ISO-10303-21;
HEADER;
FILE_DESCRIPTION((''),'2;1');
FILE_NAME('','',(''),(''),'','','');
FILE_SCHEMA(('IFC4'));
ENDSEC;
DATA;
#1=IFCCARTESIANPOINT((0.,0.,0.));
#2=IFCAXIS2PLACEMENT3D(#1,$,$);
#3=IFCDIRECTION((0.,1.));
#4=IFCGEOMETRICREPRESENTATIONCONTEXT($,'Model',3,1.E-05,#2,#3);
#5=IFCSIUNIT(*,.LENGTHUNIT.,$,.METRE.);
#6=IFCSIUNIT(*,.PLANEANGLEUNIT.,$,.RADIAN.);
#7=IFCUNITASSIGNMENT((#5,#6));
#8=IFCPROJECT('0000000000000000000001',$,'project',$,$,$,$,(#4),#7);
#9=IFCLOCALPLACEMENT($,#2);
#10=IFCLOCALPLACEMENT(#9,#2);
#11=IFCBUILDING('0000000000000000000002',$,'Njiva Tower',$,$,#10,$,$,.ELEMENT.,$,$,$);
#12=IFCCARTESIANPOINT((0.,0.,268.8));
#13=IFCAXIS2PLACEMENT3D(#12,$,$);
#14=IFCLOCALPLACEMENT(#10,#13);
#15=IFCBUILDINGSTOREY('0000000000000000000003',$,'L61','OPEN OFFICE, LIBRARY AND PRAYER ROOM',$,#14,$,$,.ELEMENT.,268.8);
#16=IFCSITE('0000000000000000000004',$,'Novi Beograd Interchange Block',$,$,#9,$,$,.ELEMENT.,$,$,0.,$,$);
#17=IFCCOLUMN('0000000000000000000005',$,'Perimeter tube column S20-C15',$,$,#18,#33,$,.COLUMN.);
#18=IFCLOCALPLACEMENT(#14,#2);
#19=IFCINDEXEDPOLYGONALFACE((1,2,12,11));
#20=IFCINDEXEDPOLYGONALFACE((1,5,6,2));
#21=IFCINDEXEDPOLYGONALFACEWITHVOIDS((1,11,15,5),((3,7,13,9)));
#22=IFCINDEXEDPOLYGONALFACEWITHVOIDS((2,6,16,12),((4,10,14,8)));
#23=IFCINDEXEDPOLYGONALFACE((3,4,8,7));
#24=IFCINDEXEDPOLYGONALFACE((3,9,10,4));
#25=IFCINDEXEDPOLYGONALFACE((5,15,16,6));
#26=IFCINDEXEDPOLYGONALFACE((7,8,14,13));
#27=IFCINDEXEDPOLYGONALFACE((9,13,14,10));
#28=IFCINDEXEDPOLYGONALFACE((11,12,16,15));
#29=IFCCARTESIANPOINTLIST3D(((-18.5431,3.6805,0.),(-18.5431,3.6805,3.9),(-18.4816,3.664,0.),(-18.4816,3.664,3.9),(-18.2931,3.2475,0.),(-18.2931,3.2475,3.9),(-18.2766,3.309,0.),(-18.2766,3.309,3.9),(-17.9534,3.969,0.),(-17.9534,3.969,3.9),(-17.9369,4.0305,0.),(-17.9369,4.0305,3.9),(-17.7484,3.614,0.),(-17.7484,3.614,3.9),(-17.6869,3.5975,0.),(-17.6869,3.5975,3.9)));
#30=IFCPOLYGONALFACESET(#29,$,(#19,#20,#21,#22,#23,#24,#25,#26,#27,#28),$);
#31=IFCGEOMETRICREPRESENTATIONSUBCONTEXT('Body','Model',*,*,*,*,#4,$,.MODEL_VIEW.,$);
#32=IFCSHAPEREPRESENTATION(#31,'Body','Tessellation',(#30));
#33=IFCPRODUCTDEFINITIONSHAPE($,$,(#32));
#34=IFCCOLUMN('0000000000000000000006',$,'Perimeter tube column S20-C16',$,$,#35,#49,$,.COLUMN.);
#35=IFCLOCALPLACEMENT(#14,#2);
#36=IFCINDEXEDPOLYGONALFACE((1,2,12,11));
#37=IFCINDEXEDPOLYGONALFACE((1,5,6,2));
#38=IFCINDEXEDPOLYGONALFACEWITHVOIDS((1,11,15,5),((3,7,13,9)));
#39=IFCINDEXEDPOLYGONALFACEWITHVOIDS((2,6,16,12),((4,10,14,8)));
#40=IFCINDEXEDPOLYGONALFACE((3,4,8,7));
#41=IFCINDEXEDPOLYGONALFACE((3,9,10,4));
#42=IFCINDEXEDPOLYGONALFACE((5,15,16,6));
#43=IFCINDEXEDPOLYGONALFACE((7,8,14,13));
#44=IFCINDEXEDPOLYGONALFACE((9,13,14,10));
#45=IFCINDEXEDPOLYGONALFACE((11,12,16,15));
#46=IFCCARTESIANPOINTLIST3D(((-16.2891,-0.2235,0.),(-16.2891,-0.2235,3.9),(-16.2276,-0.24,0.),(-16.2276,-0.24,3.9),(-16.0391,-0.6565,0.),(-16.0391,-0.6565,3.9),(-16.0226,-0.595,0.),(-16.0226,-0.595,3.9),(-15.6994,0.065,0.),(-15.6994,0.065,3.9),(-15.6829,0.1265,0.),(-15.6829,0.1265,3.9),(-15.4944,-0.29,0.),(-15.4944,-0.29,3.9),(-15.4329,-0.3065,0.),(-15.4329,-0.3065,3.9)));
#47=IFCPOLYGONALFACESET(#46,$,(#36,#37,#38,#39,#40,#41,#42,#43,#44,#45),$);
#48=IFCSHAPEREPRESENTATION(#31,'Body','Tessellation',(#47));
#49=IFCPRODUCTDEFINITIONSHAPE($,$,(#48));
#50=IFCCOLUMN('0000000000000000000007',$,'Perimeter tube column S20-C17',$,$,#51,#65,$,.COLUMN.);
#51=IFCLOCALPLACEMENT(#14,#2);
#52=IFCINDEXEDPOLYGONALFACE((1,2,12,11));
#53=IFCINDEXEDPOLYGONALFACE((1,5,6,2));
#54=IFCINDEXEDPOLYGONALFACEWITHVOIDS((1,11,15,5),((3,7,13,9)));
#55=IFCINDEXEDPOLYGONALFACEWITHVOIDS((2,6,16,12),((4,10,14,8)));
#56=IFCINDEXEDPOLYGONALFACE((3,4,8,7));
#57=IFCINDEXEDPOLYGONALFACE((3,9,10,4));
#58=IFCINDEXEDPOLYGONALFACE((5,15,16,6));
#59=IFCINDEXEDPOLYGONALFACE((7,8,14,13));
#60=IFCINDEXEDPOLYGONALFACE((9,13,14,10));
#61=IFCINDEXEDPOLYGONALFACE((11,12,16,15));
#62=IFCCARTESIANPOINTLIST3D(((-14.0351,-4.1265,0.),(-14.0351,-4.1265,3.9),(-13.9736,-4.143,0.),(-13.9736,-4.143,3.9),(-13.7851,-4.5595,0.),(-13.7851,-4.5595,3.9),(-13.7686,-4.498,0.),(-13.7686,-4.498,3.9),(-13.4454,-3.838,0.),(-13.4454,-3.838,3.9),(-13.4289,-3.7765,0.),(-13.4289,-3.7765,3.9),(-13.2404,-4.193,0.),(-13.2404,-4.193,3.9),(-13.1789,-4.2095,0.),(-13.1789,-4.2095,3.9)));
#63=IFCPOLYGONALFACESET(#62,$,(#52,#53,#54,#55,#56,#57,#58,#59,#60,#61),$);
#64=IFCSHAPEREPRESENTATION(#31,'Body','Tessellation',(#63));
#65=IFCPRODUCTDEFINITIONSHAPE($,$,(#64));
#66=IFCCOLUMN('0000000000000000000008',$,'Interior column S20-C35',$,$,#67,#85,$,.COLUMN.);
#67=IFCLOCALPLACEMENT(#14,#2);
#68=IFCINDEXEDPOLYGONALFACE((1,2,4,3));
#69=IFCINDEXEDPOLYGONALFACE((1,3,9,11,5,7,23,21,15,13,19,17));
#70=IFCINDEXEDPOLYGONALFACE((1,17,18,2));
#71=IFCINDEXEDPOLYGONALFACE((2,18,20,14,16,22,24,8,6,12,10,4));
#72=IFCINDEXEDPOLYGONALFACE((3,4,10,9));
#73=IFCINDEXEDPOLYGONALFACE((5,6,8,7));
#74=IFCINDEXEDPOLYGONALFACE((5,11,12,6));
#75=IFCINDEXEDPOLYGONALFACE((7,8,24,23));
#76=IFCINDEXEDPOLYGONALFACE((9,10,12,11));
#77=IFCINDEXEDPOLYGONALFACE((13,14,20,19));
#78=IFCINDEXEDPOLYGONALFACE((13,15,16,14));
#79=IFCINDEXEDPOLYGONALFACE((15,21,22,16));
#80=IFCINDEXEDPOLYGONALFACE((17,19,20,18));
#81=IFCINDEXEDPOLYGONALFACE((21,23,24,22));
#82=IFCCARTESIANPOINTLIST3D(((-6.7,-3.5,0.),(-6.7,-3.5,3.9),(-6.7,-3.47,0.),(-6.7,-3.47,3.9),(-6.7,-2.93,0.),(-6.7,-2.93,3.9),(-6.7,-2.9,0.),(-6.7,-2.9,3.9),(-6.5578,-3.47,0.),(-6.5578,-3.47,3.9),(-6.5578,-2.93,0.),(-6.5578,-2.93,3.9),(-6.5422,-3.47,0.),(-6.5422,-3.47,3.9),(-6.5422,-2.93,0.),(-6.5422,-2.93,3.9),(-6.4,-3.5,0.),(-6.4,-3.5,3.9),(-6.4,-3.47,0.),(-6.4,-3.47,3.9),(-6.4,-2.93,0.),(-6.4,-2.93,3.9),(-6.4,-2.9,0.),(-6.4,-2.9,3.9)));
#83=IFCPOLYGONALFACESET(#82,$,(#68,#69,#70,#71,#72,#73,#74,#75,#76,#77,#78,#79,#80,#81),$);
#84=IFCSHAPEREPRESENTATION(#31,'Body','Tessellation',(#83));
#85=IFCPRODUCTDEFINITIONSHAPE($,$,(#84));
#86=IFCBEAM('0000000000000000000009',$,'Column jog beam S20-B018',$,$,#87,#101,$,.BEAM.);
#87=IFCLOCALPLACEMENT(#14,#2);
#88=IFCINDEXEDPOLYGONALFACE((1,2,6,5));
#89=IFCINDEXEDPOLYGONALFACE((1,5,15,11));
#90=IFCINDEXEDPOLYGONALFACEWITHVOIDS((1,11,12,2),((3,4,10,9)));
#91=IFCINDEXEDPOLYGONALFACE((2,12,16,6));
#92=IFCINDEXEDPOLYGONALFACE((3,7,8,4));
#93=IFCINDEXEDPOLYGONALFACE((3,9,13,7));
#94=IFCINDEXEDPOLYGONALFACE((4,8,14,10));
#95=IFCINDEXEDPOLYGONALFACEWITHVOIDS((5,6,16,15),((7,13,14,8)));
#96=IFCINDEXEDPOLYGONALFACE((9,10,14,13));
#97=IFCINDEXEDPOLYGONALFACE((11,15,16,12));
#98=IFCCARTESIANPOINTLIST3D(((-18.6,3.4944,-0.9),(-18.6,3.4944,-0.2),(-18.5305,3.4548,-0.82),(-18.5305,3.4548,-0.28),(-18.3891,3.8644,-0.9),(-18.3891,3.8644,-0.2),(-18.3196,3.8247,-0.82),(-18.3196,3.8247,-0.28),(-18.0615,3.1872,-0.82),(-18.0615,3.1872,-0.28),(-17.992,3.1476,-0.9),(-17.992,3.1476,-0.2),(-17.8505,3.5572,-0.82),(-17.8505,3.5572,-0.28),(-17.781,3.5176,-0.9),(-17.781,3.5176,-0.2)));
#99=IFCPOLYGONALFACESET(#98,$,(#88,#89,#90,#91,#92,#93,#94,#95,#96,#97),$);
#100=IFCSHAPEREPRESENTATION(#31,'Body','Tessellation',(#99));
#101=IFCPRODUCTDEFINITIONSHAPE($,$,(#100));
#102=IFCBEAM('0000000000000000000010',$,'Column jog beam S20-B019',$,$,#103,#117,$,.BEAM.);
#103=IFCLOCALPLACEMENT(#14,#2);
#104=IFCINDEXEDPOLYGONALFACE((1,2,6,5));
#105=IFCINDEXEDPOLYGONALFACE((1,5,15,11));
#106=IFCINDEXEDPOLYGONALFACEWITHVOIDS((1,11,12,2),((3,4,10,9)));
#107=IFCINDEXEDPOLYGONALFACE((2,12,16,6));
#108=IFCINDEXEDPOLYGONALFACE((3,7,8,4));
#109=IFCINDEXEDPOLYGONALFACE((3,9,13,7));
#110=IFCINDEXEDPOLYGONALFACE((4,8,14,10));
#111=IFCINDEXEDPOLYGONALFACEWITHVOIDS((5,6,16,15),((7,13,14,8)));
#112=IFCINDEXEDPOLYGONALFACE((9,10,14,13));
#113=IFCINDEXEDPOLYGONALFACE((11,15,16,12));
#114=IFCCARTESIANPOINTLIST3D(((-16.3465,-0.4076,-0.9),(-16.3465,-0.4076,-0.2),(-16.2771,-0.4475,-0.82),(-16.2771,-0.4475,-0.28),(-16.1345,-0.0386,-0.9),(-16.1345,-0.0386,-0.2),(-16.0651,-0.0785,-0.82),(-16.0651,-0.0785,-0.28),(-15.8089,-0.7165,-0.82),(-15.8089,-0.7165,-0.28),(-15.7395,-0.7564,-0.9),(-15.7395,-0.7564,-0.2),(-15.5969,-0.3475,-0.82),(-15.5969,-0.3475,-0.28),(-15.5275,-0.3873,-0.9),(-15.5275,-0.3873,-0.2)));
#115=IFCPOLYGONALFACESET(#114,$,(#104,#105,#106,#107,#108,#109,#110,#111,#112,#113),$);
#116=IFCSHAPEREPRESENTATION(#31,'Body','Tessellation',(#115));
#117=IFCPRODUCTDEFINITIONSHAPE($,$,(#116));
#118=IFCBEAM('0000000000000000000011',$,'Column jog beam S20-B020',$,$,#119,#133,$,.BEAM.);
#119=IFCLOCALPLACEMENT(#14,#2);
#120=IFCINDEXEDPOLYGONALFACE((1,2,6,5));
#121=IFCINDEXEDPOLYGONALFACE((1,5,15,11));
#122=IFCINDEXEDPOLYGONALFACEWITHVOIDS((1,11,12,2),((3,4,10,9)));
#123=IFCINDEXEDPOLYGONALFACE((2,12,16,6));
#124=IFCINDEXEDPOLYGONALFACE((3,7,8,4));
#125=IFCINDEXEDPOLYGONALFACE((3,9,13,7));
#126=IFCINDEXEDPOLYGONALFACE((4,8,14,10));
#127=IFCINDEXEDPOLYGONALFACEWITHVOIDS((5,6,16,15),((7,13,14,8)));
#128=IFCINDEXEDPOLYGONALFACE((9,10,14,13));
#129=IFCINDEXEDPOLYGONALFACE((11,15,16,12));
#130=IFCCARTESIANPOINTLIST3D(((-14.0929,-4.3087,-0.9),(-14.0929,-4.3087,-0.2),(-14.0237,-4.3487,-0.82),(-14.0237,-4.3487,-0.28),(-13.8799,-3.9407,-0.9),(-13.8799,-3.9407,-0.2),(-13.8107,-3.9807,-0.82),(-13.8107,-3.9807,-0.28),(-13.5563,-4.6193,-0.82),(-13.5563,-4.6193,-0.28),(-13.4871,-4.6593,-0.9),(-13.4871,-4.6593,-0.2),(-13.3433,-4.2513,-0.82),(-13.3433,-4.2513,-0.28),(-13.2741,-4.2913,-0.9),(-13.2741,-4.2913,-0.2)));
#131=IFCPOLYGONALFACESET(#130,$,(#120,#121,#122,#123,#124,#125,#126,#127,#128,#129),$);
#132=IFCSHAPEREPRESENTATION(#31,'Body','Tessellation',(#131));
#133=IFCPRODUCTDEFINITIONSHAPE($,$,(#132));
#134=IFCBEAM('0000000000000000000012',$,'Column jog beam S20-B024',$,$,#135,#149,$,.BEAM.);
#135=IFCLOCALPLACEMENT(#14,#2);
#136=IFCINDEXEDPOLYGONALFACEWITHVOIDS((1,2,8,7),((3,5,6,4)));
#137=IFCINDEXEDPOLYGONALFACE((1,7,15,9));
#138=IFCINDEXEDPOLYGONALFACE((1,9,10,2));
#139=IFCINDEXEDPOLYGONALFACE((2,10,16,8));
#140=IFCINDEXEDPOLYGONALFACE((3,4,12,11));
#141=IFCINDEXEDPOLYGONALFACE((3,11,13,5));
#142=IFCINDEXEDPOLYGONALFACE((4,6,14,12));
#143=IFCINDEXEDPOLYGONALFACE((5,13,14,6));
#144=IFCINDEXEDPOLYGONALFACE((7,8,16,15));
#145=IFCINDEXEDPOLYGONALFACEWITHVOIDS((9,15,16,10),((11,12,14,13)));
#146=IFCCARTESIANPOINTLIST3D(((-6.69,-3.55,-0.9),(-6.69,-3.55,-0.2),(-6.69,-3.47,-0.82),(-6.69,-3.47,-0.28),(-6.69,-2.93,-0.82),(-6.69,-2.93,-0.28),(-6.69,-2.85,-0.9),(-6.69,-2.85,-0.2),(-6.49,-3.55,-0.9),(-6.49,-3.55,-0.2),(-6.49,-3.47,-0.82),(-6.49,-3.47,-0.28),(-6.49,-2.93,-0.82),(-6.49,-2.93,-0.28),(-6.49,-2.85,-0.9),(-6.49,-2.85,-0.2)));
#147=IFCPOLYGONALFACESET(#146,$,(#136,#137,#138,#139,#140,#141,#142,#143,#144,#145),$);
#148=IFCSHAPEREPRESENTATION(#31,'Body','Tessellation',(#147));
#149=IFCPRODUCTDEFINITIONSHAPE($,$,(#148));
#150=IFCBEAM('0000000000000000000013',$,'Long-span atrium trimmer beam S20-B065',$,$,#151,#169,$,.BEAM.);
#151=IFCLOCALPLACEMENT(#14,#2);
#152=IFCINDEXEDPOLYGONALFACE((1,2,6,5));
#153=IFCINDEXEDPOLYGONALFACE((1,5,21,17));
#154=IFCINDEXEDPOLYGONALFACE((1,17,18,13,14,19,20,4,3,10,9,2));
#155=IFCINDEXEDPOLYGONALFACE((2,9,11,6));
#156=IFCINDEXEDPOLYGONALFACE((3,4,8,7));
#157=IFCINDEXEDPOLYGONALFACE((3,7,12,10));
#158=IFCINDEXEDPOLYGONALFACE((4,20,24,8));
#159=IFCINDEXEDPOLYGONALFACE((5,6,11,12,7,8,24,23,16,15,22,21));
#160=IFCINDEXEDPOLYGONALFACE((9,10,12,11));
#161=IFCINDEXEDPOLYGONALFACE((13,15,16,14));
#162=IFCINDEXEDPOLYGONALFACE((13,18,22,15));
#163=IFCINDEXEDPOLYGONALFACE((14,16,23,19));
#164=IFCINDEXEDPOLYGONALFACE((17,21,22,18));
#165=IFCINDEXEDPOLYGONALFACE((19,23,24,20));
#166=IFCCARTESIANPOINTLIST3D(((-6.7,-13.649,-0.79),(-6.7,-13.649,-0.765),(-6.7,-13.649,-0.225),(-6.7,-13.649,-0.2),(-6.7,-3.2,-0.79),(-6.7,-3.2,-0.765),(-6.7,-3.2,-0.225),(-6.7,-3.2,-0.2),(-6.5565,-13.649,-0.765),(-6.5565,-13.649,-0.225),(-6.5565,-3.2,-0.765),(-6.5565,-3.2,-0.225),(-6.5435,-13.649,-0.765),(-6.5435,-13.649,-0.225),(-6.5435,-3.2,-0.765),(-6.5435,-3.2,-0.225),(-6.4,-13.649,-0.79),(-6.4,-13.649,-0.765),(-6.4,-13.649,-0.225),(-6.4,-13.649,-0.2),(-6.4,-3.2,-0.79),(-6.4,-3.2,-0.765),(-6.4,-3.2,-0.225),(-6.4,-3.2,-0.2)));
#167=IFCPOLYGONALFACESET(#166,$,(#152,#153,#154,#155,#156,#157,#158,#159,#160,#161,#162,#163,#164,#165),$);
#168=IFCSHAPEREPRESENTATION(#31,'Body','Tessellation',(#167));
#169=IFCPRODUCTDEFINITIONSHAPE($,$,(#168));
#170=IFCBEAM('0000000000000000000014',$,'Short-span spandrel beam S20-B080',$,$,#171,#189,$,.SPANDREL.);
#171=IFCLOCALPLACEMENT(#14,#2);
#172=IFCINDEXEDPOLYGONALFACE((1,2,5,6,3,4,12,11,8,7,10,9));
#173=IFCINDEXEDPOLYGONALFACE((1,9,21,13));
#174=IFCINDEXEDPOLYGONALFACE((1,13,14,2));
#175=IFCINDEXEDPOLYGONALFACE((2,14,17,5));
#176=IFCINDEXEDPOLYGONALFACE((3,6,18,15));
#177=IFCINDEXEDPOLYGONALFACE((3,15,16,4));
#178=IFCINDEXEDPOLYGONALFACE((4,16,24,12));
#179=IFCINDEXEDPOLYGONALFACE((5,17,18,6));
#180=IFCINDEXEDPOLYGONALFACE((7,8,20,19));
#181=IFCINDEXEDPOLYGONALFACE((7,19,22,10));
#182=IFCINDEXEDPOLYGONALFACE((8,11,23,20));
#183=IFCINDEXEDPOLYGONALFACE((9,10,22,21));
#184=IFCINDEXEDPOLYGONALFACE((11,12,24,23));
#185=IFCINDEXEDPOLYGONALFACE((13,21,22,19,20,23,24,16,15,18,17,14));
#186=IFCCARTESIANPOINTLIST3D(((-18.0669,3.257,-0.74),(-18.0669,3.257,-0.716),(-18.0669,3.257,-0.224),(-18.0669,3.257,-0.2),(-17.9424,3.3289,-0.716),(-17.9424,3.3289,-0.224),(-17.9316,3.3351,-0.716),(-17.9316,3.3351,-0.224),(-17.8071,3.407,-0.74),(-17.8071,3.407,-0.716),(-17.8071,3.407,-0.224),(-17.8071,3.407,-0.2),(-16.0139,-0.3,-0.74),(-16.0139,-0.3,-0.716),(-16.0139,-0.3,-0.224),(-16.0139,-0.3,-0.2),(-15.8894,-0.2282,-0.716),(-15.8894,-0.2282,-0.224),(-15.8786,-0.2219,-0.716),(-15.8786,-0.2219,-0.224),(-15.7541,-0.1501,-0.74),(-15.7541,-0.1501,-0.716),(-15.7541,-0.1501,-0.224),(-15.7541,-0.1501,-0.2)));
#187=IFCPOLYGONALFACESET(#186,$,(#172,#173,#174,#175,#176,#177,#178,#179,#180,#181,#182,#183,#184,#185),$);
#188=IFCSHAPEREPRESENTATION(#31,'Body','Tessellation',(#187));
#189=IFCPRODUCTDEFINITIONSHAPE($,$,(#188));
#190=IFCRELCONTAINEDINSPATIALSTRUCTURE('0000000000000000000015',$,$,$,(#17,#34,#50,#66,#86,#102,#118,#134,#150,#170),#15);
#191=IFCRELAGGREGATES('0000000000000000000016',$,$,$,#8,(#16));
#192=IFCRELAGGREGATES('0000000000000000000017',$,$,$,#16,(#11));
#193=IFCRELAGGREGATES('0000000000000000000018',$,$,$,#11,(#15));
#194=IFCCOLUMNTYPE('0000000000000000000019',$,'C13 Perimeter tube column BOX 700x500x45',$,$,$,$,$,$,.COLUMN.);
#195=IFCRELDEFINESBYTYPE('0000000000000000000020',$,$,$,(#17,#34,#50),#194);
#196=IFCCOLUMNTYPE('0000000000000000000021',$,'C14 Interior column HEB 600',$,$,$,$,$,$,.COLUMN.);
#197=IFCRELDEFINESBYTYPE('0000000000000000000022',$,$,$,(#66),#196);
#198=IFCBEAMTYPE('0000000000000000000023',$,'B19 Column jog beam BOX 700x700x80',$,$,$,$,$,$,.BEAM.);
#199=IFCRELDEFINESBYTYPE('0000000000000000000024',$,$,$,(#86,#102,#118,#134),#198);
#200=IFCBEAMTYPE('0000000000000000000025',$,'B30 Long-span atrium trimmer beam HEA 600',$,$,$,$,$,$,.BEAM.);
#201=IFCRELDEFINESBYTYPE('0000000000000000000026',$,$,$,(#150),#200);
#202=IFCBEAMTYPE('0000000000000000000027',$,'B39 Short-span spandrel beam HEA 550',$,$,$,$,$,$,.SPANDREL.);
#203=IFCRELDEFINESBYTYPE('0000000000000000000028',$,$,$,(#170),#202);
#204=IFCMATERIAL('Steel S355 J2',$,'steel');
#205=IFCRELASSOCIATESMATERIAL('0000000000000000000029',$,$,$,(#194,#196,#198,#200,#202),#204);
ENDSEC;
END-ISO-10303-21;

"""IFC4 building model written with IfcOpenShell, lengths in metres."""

from ifc_helpers import new_model, si_unit, direction, frame, origin, origin_2d, place, context, subcontext, project, spatial, hollow_rectangle, i_section, extrude, material, material_profile, profile_set, type_object, element, save


model = new_model("IFC4")

# Units and contexts
model_context = context("Model", 3, precision=1e-05, world=origin(), true_north=direction((0.0, 1.0)))
body_context = subcontext(model_context, "Body", "Model", "MODEL_VIEW")
ifc_project = project(units=[si_unit("LENGTHUNIT", "METRE"), si_unit("PLANEANGLEUNIT", "RADIAN")], contexts=[model_context])

# Site, building, storey
site_placement = place(None, origin())
site = spatial("IfcSite", under=ifc_project, at=site_placement, Name="Novi Beograd Interchange Block", CompositionType="ELEMENT", RefElevation=0.0)
building_placement = place(site_placement, origin())
building = spatial("IfcBuilding", under=site, at=building_placement, Name="Njiva Tower", CompositionType="ELEMENT")
storey_placement = place(building_placement, frame((0.0, 0.0, 268.8)))
storey = spatial("IfcBuildingStorey", under=building, at=storey_placement, Name="L61", Description="OPEN OFFICE, LIBRARY AND PRAYER ROOM", CompositionType="ELEMENT", Elevation=268.8)

# Columns
ifc_material_1 = material(Name="Steel S355 J2", Category="steel")
ifc_material_profile_1 = material_profile(ifc_material_1, hollow_rectangle(XDim=0.5, YDim=0.7, WallThickness=0.045, at=origin_2d()), Name="BOX 700x500x45")
ifc_profile_set_1 = profile_set([ifc_material_profile_1], Name="Steel S355 J2")
column_type_1 = type_object("IfcColumnType", Name="C13 Perimeter tube column BOX 700x500x45", PredefinedType="COLUMN", material=ifc_profile_set_1)
for number, where, z_axis, x_axis, name in (
    (1, (-18.115, 3.639, 0.0), (0.0, 0.0, 1.0), (0.5, -0.866025, 0.0), "Perimeter tube column S20-C15"),
    (2, (-15.861, -0.265, 0.0), (0.0, 0.0, 1.0), (0.5, -0.866025, 0.0), "Perimeter tube column S20-C16"),
    (3, (-13.607, -4.168, 0.0), (0.0, 0.0, 1.0), (0.5, -0.866025, 0.0), "Perimeter tube column S20-C17"),
):
    element("IfcColumn", number, at=place(storey_placement, frame(where, z_axis=z_axis, x_axis=x_axis)), inside=storey, type_object=column_type_1, Name=name, PredefinedType="COLUMN", context=body_context, shape_type="SweptSolid", body=[
        extrude(hollow_rectangle(XDim=0.5, YDim=0.7, WallThickness=0.045, at=origin_2d()), origin(), (0.0, 0.0, 1.0), 3.9),
    ])
ifc_material_profile_2 = material_profile(ifc_material_1, i_section(OverallWidth=0.3, OverallDepth=0.6, WebThickness=0.0155, FlangeThickness=0.03, at=origin_2d()), Name="HEB 600")
ifc_profile_set_2 = profile_set([ifc_material_profile_2], Name="Steel S355 J2")
column_type_2 = type_object("IfcColumnType", Name="C14 Interior column HEB 600", PredefinedType="COLUMN", material=ifc_profile_set_2)
column_placement = place(storey_placement, frame((-6.55, -3.2, 0.0), z_axis=(0.0, 0.0, 1.0), x_axis=(1.0, 0.0, 0.0)))
element("IfcColumn", 4, at=column_placement, inside=storey, type_object=column_type_2, Name="Interior column S20-C35", PredefinedType="COLUMN", context=body_context, shape_type="SweptSolid", body=[
    extrude(i_section(OverallWidth=0.3, OverallDepth=0.6, WebThickness=0.0155, FlangeThickness=0.03, at=origin_2d()), origin(), (0.0, 0.0, 1.0), 3.9),
])

# Beams
ifc_material_profile_3 = material_profile(ifc_material_1, hollow_rectangle(XDim=0.7, YDim=0.7, WallThickness=0.08, at=origin_2d()), Name="BOX 700x700x80")
ifc_profile_set_3 = profile_set([ifc_material_profile_3], Name="Steel S355 J2")
beam_type_1 = type_object("IfcBeamType", Name="B19 Column jog beam BOX 700x700x80", PredefinedType="BEAM", material=ifc_profile_set_3)
beam_1_placement = place(storey_placement, frame((-18.296, 3.321, -0.55), z_axis=(0.49538, 0.868676, 0.0), x_axis=(-0.868676, 0.49538, 0.0)))
element("IfcBeam", 5, at=beam_1_placement, inside=storey, type_object=beam_type_1, Name="Column jog beam S20-B018", PredefinedType="BEAM", context=body_context, shape_type="SweptSolid", body=[
    extrude(hollow_rectangle(XDim=0.7, YDim=0.7, WallThickness=0.08, at=origin_2d()), origin(), (0.0, 0.0, 1.0), 0.4259),
])
beam_2_placement = place(storey_placement, frame((-16.043, -0.582, -0.55), z_axis=(0.498162, 0.867084, 0.0), x_axis=(-0.867084, 0.498162, 0.0)))
element("IfcBeam", 6, at=beam_2_placement, inside=storey, type_object=beam_type_1, Name="Column jog beam S20-B019", PredefinedType="BEAM", context=body_context, shape_type="SweptSolid", body=[
    extrude(hollow_rectangle(XDim=0.7, YDim=0.7, WallThickness=0.08, at=origin_2d()), origin(), (0.0, 0.0, 1.0), 0.4256),
])
beam_3_placement = place(storey_placement, frame((-13.79, -4.484, -0.55), z_axis=(0.500944, 0.86548, 0.0), x_axis=(-0.86548, 0.500944, 0.0)))
element("IfcBeam", 7, at=beam_3_placement, inside=storey, type_object=beam_type_1, Name="Column jog beam S20-B020", PredefinedType="BEAM", context=body_context, shape_type="SweptSolid", body=[
    extrude(hollow_rectangle(XDim=0.7, YDim=0.7, WallThickness=0.08, at=origin_2d()), origin(), (0.0, 0.0, 1.0), 0.4252),
])
beam_4_placement = place(storey_placement, frame((-6.69, -3.2, -0.55), z_axis=(1.0, 0.0, 0.0), x_axis=(0.0, 1.0, 0.0)))
element("IfcBeam", 8, at=beam_4_placement, inside=storey, type_object=beam_type_1, Name="Column jog beam S20-B024", PredefinedType="BEAM", context=body_context, shape_type="SweptSolid", body=[
    extrude(hollow_rectangle(XDim=0.7, YDim=0.7, WallThickness=0.08, at=origin_2d()), origin(), (0.0, 0.0, 1.0), 0.2),
])
ifc_material_profile_4 = material_profile(ifc_material_1, i_section(OverallWidth=0.3, OverallDepth=0.59, WebThickness=0.013, FlangeThickness=0.025, at=origin_2d()), Name="HEA 600")
ifc_profile_set_4 = profile_set([ifc_material_profile_4], Name="Steel S355 J2")
beam_type_2 = type_object("IfcBeamType", Name="B30 Long-span atrium trimmer beam HEA 600", PredefinedType="BEAM", material=ifc_profile_set_4)
beam_5_placement = place(storey_placement, frame((-6.55, -3.2, -0.495), z_axis=(0.0, -1.0, 0.0), x_axis=(1.0, 0.0, 0.0)))
element("IfcBeam", 9, at=beam_5_placement, inside=storey, type_object=beam_type_2, Name="Long-span atrium trimmer beam S20-B065", PredefinedType="BEAM", context=body_context, shape_type="SweptSolid", body=[
    extrude(i_section(OverallWidth=0.3, OverallDepth=0.59, WebThickness=0.013, FlangeThickness=0.025, at=origin_2d()), origin(), (0.0, 0.0, 1.0), 10.449),
])
ifc_material_profile_5 = material_profile(ifc_material_1, i_section(OverallWidth=0.3, OverallDepth=0.54, WebThickness=0.0125, FlangeThickness=0.024, at=origin_2d()), Name="HEA 550")
ifc_profile_set_5 = profile_set([ifc_material_profile_5], Name="Steel S355 J2")
beam_type_3 = type_object("IfcBeamType", Name="B39 Short-span spandrel beam HEA 550", PredefinedType="SPANDREL", material=ifc_profile_set_5)
beam_6_placement = place(storey_placement, frame((-17.937, 3.332, -0.47), z_axis=(0.499884, -0.866092, 0.0), x_axis=(0.866092, 0.499884, 0.0)))
element("IfcBeam", 10, at=beam_6_placement, inside=storey, type_object=beam_type_3, Name="Short-span spandrel beam S20-B080", PredefinedType="SPANDREL", context=body_context, shape_type="SweptSolid", body=[
    extrude(i_section(OverallWidth=0.3, OverallDepth=0.54, WebThickness=0.0125, FlangeThickness=0.024, at=origin_2d()), origin(), (0.0, 0.0, 1.0), 4.107),
])

save(model, "model.ifc")
